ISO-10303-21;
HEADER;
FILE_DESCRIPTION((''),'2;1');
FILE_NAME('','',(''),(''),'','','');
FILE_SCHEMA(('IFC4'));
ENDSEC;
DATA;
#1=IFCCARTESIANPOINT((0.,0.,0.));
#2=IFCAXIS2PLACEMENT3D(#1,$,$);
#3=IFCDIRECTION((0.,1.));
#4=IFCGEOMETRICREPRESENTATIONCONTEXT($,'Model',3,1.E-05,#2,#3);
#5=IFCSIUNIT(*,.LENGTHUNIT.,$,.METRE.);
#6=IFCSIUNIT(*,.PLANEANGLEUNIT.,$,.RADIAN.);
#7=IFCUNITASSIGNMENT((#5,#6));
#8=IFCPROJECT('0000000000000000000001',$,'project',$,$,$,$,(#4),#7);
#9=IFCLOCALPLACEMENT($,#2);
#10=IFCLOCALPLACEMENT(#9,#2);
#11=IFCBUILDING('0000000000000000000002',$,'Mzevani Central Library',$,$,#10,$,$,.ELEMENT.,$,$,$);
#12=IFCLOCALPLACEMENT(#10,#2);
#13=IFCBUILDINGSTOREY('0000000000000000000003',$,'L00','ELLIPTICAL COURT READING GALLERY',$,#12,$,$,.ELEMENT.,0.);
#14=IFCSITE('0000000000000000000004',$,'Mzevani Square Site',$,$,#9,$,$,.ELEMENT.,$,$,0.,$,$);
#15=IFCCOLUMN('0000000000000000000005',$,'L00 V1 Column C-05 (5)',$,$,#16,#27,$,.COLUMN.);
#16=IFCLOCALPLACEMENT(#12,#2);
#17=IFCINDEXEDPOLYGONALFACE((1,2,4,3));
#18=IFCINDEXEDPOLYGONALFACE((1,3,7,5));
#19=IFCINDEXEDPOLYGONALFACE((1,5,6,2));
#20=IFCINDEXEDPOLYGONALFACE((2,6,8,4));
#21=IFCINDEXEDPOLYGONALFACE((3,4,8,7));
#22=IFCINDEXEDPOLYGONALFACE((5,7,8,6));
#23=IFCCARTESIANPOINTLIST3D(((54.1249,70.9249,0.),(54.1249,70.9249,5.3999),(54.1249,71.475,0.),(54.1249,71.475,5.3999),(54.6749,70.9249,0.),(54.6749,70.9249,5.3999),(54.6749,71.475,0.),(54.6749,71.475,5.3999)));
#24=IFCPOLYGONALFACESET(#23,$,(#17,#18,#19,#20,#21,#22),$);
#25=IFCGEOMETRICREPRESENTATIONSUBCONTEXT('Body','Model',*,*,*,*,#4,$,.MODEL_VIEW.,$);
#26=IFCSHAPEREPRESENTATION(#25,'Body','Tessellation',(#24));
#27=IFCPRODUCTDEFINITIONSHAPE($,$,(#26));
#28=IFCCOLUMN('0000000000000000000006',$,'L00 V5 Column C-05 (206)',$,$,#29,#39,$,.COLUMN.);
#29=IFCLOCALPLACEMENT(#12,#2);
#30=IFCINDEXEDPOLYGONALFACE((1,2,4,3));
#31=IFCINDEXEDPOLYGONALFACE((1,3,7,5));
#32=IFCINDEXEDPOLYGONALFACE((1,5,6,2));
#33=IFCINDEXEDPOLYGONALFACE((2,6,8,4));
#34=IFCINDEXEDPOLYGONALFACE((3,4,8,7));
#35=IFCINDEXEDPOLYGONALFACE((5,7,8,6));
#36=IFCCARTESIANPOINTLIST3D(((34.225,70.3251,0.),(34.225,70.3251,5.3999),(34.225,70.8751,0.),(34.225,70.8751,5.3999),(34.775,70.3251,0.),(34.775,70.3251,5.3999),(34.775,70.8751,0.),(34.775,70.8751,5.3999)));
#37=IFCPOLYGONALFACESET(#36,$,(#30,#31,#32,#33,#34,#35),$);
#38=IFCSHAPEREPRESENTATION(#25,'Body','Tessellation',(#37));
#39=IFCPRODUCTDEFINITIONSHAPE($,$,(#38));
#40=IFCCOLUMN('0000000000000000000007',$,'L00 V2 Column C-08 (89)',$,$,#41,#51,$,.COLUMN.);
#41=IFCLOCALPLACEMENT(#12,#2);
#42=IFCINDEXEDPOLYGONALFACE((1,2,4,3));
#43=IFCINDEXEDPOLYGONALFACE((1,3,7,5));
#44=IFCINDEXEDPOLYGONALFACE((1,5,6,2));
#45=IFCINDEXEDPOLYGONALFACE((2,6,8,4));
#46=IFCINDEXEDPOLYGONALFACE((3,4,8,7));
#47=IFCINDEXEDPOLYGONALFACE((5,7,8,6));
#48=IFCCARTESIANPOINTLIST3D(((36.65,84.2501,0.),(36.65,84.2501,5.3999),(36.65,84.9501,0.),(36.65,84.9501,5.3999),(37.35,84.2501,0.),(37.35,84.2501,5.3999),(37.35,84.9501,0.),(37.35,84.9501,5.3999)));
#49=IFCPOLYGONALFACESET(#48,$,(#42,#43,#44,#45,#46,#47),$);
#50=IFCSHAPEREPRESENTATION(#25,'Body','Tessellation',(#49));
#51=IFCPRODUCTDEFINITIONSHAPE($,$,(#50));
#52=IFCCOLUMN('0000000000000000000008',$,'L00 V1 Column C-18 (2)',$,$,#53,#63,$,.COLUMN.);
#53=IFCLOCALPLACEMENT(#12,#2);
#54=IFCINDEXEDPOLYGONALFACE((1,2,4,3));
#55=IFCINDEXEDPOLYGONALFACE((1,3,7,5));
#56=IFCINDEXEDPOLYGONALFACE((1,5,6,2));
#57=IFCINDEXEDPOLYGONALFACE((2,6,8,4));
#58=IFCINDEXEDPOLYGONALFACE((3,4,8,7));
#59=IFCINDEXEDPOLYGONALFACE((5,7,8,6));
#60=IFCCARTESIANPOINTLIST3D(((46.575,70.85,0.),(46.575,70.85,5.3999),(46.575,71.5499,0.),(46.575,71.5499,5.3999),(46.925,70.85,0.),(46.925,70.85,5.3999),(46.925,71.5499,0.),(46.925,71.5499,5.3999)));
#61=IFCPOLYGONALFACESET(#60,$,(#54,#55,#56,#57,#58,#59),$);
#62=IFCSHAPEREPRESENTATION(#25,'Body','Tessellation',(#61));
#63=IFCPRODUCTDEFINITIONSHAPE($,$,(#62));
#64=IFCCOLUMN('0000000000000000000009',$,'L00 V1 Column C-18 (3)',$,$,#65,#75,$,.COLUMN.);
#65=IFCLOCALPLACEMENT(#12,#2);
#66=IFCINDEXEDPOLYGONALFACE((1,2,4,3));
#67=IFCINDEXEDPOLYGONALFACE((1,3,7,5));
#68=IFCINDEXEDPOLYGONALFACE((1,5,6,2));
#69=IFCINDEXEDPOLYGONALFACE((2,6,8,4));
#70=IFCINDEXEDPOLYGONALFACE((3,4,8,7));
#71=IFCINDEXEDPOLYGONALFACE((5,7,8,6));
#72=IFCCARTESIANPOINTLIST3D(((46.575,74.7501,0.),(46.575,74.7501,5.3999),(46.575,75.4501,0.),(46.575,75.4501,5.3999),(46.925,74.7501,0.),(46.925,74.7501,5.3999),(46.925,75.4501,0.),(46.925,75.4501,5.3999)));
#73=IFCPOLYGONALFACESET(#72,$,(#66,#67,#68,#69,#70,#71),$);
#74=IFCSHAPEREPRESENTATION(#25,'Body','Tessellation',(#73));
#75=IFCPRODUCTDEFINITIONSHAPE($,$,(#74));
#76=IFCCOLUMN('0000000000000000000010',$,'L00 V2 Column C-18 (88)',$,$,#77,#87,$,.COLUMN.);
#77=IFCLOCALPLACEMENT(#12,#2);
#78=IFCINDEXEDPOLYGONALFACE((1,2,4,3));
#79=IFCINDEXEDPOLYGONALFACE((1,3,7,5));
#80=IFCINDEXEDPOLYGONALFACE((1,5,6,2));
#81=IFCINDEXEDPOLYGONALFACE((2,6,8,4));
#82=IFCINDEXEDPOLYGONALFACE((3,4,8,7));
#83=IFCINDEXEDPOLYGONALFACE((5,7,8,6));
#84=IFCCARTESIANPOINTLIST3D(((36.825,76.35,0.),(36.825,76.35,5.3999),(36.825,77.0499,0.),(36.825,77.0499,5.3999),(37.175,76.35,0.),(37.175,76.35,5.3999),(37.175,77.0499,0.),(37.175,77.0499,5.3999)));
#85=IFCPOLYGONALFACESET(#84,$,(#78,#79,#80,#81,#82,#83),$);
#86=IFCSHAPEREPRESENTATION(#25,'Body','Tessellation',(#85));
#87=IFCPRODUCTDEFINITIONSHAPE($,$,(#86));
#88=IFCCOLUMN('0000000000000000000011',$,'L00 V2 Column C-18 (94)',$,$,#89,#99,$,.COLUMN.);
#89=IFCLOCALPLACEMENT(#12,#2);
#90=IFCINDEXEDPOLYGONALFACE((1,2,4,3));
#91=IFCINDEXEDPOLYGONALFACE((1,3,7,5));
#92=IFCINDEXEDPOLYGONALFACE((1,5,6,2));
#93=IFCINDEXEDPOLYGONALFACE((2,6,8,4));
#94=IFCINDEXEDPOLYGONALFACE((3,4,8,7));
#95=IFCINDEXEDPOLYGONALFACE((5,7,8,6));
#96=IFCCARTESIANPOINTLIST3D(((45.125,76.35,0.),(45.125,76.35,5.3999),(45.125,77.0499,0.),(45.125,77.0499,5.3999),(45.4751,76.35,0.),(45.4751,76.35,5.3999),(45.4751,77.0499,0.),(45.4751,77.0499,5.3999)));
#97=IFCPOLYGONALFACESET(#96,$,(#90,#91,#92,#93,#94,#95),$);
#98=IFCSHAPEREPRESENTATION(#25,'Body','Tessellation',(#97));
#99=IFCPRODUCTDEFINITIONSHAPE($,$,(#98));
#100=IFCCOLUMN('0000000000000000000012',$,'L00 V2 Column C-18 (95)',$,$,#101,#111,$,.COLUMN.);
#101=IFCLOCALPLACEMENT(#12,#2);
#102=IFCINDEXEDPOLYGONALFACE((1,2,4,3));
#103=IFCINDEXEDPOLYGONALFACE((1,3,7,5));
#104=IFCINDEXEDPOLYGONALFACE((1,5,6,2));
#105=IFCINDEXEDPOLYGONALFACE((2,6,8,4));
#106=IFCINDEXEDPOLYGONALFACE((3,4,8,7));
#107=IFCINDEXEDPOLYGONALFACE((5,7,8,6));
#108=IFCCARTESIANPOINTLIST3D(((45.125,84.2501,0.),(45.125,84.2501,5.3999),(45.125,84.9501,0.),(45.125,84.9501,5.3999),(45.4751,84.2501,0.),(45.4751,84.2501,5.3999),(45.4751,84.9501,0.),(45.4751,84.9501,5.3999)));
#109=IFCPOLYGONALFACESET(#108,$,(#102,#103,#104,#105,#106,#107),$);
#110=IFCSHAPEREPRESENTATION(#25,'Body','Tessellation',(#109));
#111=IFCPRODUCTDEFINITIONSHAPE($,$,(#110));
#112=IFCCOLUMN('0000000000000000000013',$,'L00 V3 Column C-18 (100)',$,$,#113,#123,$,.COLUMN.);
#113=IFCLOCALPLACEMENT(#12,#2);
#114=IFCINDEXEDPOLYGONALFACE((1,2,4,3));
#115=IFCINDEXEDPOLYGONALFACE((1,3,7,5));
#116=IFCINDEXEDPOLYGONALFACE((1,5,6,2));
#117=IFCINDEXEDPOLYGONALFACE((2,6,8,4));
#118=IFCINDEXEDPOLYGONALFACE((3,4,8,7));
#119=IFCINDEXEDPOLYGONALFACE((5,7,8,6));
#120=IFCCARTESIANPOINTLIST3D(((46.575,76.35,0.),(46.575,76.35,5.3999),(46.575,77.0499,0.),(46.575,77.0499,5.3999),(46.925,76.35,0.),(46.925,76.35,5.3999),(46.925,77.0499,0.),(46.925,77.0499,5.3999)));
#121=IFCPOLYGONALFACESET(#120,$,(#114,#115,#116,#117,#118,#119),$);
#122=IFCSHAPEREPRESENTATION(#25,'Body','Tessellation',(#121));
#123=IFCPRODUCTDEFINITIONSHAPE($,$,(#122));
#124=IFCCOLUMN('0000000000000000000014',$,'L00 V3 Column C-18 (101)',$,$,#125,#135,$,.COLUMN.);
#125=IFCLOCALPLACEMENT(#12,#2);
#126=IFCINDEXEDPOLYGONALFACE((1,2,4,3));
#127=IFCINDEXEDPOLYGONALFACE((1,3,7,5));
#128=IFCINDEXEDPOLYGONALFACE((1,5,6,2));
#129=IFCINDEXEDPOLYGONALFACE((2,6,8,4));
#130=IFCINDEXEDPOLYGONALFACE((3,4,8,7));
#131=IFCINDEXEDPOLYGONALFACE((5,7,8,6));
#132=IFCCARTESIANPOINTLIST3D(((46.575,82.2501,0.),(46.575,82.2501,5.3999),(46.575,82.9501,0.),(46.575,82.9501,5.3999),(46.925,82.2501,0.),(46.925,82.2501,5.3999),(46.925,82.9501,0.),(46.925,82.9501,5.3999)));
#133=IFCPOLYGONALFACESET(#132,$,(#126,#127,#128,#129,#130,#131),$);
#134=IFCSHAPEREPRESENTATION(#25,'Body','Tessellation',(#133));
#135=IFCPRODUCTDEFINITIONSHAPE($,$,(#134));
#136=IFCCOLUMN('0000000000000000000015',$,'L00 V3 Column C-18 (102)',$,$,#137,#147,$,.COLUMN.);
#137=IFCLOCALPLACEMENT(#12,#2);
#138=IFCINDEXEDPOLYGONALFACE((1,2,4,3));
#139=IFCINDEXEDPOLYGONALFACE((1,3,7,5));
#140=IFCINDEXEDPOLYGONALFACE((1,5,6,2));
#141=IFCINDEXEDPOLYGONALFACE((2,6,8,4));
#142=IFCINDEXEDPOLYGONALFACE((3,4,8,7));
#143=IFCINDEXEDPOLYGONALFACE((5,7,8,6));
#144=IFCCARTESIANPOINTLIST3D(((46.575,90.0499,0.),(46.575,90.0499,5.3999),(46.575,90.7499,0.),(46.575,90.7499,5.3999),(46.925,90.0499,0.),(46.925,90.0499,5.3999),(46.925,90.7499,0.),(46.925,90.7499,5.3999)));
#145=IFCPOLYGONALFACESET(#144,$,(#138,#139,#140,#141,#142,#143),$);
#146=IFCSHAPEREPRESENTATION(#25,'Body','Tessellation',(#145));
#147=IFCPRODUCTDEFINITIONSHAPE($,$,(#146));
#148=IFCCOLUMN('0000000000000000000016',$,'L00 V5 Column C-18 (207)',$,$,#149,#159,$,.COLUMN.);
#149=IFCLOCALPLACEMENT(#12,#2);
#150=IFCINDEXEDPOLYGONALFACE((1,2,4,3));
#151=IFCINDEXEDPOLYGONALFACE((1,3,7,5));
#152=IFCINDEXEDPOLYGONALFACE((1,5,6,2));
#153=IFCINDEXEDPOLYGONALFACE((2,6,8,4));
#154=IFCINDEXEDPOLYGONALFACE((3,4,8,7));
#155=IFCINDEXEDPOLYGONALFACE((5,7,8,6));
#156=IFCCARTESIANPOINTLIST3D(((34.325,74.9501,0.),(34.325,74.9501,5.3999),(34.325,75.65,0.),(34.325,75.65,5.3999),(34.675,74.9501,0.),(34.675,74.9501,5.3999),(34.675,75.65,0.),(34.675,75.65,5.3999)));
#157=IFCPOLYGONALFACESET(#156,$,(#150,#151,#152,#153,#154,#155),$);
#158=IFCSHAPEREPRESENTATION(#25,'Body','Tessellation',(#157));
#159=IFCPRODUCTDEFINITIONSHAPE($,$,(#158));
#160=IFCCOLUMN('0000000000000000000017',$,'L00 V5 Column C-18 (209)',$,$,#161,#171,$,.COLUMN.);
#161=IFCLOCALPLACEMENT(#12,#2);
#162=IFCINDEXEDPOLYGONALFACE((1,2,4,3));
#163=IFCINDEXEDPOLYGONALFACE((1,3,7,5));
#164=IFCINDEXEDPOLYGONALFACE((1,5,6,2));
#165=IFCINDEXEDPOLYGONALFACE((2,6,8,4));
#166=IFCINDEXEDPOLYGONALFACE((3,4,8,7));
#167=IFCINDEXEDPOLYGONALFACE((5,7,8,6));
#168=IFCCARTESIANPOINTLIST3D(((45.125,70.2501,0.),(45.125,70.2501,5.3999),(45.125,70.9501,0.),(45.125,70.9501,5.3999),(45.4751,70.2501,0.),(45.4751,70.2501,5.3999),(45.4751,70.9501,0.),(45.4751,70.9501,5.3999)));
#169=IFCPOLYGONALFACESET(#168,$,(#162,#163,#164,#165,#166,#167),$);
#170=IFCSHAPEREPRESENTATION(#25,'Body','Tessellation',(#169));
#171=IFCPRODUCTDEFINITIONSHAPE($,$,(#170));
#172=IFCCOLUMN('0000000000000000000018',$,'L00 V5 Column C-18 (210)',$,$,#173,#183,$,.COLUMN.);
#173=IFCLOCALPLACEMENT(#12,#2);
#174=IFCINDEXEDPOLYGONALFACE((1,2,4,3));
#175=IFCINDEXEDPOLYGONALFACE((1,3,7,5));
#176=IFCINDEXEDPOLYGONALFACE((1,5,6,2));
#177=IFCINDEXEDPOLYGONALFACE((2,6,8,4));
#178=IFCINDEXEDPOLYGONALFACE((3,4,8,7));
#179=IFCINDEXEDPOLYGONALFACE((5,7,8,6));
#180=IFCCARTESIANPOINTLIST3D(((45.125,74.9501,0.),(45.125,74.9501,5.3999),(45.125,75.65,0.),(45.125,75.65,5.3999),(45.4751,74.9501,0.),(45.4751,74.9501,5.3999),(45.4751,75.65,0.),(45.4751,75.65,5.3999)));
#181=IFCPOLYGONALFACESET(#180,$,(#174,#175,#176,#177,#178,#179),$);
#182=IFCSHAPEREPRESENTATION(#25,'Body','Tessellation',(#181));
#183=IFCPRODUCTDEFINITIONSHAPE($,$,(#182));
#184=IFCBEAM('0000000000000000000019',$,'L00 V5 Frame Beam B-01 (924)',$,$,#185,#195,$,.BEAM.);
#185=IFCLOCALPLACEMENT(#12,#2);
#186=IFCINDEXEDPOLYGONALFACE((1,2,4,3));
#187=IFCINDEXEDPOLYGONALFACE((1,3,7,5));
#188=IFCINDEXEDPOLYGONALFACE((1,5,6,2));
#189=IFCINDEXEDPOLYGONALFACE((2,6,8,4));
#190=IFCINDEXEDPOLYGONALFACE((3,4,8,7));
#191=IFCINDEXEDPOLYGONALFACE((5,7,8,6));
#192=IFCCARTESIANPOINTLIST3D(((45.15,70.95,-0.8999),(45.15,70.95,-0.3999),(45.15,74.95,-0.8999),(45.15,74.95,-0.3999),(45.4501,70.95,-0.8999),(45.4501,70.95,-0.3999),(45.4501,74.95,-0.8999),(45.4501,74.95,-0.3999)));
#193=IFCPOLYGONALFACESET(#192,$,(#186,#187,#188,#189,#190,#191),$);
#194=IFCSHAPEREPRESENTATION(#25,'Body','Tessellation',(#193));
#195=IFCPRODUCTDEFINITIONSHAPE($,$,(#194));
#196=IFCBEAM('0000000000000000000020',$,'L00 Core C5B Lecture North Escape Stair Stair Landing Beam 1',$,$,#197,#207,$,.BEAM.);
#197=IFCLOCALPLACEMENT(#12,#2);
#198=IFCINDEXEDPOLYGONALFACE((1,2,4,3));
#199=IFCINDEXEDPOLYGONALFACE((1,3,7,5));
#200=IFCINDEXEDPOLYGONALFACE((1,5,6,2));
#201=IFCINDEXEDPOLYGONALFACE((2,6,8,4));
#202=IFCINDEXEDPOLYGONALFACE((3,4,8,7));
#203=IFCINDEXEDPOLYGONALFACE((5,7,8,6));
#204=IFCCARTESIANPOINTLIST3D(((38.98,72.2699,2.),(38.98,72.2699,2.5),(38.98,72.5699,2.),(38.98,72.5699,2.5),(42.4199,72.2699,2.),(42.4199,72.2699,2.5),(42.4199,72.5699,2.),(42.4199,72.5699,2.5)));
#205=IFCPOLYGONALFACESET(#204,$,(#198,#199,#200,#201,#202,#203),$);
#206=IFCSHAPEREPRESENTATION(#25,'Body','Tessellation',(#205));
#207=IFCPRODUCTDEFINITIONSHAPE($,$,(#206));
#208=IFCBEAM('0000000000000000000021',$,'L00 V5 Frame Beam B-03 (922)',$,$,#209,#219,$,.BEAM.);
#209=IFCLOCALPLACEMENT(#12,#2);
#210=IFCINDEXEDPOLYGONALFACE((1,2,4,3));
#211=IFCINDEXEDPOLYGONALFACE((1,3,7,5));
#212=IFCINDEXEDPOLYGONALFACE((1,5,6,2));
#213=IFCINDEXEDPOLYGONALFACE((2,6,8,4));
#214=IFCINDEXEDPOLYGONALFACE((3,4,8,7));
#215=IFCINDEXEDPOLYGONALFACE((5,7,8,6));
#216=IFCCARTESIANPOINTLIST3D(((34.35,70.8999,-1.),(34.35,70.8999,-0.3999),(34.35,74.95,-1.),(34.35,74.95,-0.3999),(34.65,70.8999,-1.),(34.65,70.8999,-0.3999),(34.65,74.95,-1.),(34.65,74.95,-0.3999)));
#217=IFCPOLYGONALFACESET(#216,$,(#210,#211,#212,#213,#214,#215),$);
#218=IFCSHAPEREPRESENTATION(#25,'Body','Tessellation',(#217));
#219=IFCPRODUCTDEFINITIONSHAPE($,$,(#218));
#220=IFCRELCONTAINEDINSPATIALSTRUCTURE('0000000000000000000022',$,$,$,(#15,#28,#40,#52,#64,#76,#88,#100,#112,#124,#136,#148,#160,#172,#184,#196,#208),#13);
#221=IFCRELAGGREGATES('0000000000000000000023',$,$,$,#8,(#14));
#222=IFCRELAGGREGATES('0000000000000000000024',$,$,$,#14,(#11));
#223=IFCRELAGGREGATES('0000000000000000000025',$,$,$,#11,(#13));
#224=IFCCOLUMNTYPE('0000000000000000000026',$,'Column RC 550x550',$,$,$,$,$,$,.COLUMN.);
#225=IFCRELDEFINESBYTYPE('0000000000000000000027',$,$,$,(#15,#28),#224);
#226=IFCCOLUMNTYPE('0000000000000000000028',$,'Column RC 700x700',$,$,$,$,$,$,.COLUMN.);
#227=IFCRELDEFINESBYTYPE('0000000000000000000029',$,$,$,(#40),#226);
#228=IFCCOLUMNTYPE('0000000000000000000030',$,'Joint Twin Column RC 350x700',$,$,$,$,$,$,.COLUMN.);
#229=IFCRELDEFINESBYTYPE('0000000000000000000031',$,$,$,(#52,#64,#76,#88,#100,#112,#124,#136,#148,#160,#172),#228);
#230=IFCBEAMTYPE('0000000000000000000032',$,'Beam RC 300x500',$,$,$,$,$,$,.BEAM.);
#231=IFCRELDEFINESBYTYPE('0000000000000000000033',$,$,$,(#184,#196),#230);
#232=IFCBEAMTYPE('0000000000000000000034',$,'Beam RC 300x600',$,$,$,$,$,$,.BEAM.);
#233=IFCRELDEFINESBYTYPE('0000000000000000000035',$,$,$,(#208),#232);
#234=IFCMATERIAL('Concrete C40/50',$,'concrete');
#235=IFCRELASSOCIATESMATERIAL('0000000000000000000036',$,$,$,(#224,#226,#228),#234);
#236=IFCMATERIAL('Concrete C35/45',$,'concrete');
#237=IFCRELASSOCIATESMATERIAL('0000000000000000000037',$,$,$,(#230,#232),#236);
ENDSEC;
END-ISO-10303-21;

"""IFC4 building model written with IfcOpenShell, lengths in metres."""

from ifc_helpers import new_model, si_unit, direction, frame, origin, origin_2d, place, context, subcontext, project, spatial, rectangle, extrude, material, material_profile, profile_set, type_object, element, save


model = new_model("IFC4")

# Units and contexts
model_context = context("Model", 3, precision=1e-05, world=origin(), true_north=direction((0.0, 1.0)))
body_context = subcontext(model_context, "Body", "Model", "MODEL_VIEW")
ifc_project = project(units=[si_unit("LENGTHUNIT", "METRE"), si_unit("PLANEANGLEUNIT", "RADIAN")], contexts=[model_context])

# Site, building, storey
site_placement = place(None, origin())
site = spatial("IfcSite", under=ifc_project, at=site_placement, Name="Mzevani Square Site", CompositionType="ELEMENT", RefElevation=0.0)
building_placement = place(site_placement, origin())
building = spatial("IfcBuilding", under=site, at=building_placement, Name="Mzevani Central Library", CompositionType="ELEMENT")
storey_placement = place(building_placement, origin())
storey = spatial("IfcBuildingStorey", under=building, at=storey_placement, Name="L00", Description="ELLIPTICAL COURT READING GALLERY", CompositionType="ELEMENT", Elevation=0.0)

# Columns
ifc_material_1 = material(Name="Concrete C40/50", Category="concrete")
ifc_material_profile_1 = material_profile(ifc_material_1, rectangle(XDim=0.55, YDim=0.55, at=origin_2d()), Name="RC 550x550")
ifc_profile_set_1 = profile_set([ifc_material_profile_1], Name="Concrete C40/50")
column_type_1 = type_object("IfcColumnType", Name="Column RC 550x550", PredefinedType="COLUMN", material=ifc_profile_set_1)
for number, where, z_axis, x_axis, name in (
    (1, (54.3999, 71.2, 0.0), (0.0, 0.0, 1.0), (1.0, 0.0, 0.0), "L00 V1 Column C-05 (5)"),
    (2, (34.5, 70.6001, 0.0), (0.0, 0.0, 1.0), (1.0, 0.0, 0.0), "L00 V5 Column C-05 (206)"),
):
    element("IfcColumn", number, at=place(storey_placement, frame(where, z_axis=z_axis, x_axis=x_axis)), inside=storey, type_object=column_type_1, Name=name, PredefinedType="COLUMN", context=body_context, shape_type="SweptSolid", body=[
        extrude(rectangle(XDim=0.55, YDim=0.55, at=origin_2d()), origin(), (0.0, 0.0, 1.0), 5.3999),
    ])
ifc_material_profile_2 = material_profile(ifc_material_1, rectangle(XDim=0.7, YDim=0.7, at=origin_2d()), Name="RC 700x700")
ifc_profile_set_2 = profile_set([ifc_material_profile_2], Name="Concrete C40/50")
column_type_2 = type_object("IfcColumnType", Name="Column RC 700x700", PredefinedType="COLUMN", material=ifc_profile_set_2)
column_placement = place(storey_placement, frame((37.0, 84.6001, 0.0), z_axis=(0.0, 0.0, 1.0), x_axis=(1.0, 0.0, 0.0)))
element("IfcColumn", 3, at=column_placement, inside=storey, type_object=column_type_2, Name="L00 V2 Column C-08 (89)", PredefinedType="COLUMN", context=body_context, shape_type="SweptSolid", body=[
    extrude(rectangle(XDim=0.7, YDim=0.7, at=origin_2d()), origin(), (0.0, 0.0, 1.0), 5.3999),
])
ifc_material_profile_3 = material_profile(ifc_material_1, rectangle(XDim=0.3501, YDim=0.7, at=origin_2d()), Name="RC 350x700")
ifc_profile_set_3 = profile_set([ifc_material_profile_3], Name="Concrete C40/50")
column_type_3 = type_object("IfcColumnType", Name="Joint Twin Column RC 350x700", PredefinedType="COLUMN", material=ifc_profile_set_3)
for number, where, z_axis, x_axis, name in (
    (4, (46.75, 71.2, 0.0), (0.0, 0.0, 1.0), (1.0, 0.0, 0.0), "L00 V1 Column C-18 (2)"),
    (5, (46.75, 75.1001, 0.0), (0.0, 0.0, 1.0), (1.0, 0.0, 0.0), "L00 V1 Column C-18 (3)"),
    (6, (37.0, 76.7, 0.0), (0.0, 0.0, 1.0), (1.0, 0.0, 0.0), "L00 V2 Column C-18 (88)"),
    (7, (45.3, 76.7, 0.0), (0.0, 0.0, 1.0), (1.0, 0.0, 0.0), "L00 V2 Column C-18 (94)"),
    (8, (45.3, 84.6001, 0.0), (0.0, 0.0, 1.0), (1.0, 0.0, 0.0), "L00 V2 Column C-18 (95)"),
    (9, (46.75, 76.7, 0.0), (0.0, 0.0, 1.0), (1.0, 0.0, 0.0), "L00 V3 Column C-18 (100)"),
    (10, (46.75, 82.6001, 0.0), (0.0, 0.0, 1.0), (1.0, 0.0, 0.0), "L00 V3 Column C-18 (101)"),
    (11, (46.75, 90.3999, 0.0), (0.0, 0.0, 1.0), (1.0, 0.0, 0.0), "L00 V3 Column C-18 (102)"),
    (12, (34.5, 75.3, 0.0), (0.0, 0.0, 1.0), (1.0, 0.0, 0.0), "L00 V5 Column C-18 (207)"),
    (13, (45.3, 70.6001, 0.0), (0.0, 0.0, 1.0), (1.0, 0.0, 0.0), "L00 V5 Column C-18 (209)"),
    (14, (45.3, 75.3, 0.0), (0.0, 0.0, 1.0), (1.0, 0.0, 0.0), "L00 V5 Column C-18 (210)"),
):
    element("IfcColumn", number, at=place(storey_placement, frame(where, z_axis=z_axis, x_axis=x_axis)), inside=storey, type_object=column_type_3, Name=name, PredefinedType="COLUMN", context=body_context, shape_type="SweptSolid", body=[
        extrude(rectangle(XDim=0.3501, YDim=0.7, at=origin_2d()), origin(), (0.0, 0.0, 1.0), 5.3999),
    ])

# Beams
ifc_material_2 = material(Name="Concrete C35/45", Category="concrete")
ifc_material_profile_4 = material_profile(ifc_material_2, rectangle(XDim=0.3, YDim=0.5, at=origin_2d()), Name="RC B300x500")
ifc_profile_set_4 = profile_set([ifc_material_profile_4], Name="Concrete C35/45")
beam_type_1 = type_object("IfcBeamType", Name="Beam RC 300x500", PredefinedType="BEAM", material=ifc_profile_set_4)
beam_1_placement = place(storey_placement, frame((45.3, 70.95, -0.6499), z_axis=(0.0, 1.0, 0.0), x_axis=(-1.0, 0.0, 0.0)))
element("IfcBeam", 15, at=beam_1_placement, inside=storey, type_object=beam_type_1, Name="L00 V5 Frame Beam B-01 (924)", PredefinedType="BEAM", context=body_context, shape_type="SweptSolid", body=[
    extrude(rectangle(XDim=0.3, YDim=0.5, at=origin_2d()), origin(), (0.0, 0.0, 1.0), 4.0),
])
beam_2_placement = place(storey_placement, frame((38.98, 72.4199, 2.25), z_axis=(1.0, 0.0, 0.0), x_axis=(0.0, 1.0, 0.0)))
element("IfcBeam", 16, at=beam_2_placement, inside=storey, type_object=beam_type_1, Name="L00 Core C5B Lecture North Escape Stair Stair Landing Beam 1", PredefinedType="BEAM", context=body_context, shape_type="SweptSolid", body=[
    extrude(rectangle(XDim=0.3, YDim=0.5, at=origin_2d()), origin(), (0.0, 0.0, 1.0), 3.4399),
])
ifc_material_profile_5 = material_profile(ifc_material_2, rectangle(XDim=0.3, YDim=0.6001, at=origin_2d()), Name="RC B300x600")
ifc_profile_set_5 = profile_set([ifc_material_profile_5], Name="Concrete C35/45")
beam_type_2 = type_object("IfcBeamType", Name="Beam RC 300x600", PredefinedType="BEAM", material=ifc_profile_set_5)
beam_3_placement = place(storey_placement, frame((34.5, 70.8999, -0.7), z_axis=(0.0, 1.0, 0.0), x_axis=(-1.0, 0.0, 0.0)))
element("IfcBeam", 17, at=beam_3_placement, inside=storey, type_object=beam_type_2, Name="L00 V5 Frame Beam B-03 (922)", PredefinedType="BEAM", context=body_context, shape_type="SweptSolid", body=[
    extrude(rectangle(XDim=0.3, YDim=0.6001, at=origin_2d()), origin(), (0.0, 0.0, 1.0), 4.05),
])

save(model, "model.ifc")
